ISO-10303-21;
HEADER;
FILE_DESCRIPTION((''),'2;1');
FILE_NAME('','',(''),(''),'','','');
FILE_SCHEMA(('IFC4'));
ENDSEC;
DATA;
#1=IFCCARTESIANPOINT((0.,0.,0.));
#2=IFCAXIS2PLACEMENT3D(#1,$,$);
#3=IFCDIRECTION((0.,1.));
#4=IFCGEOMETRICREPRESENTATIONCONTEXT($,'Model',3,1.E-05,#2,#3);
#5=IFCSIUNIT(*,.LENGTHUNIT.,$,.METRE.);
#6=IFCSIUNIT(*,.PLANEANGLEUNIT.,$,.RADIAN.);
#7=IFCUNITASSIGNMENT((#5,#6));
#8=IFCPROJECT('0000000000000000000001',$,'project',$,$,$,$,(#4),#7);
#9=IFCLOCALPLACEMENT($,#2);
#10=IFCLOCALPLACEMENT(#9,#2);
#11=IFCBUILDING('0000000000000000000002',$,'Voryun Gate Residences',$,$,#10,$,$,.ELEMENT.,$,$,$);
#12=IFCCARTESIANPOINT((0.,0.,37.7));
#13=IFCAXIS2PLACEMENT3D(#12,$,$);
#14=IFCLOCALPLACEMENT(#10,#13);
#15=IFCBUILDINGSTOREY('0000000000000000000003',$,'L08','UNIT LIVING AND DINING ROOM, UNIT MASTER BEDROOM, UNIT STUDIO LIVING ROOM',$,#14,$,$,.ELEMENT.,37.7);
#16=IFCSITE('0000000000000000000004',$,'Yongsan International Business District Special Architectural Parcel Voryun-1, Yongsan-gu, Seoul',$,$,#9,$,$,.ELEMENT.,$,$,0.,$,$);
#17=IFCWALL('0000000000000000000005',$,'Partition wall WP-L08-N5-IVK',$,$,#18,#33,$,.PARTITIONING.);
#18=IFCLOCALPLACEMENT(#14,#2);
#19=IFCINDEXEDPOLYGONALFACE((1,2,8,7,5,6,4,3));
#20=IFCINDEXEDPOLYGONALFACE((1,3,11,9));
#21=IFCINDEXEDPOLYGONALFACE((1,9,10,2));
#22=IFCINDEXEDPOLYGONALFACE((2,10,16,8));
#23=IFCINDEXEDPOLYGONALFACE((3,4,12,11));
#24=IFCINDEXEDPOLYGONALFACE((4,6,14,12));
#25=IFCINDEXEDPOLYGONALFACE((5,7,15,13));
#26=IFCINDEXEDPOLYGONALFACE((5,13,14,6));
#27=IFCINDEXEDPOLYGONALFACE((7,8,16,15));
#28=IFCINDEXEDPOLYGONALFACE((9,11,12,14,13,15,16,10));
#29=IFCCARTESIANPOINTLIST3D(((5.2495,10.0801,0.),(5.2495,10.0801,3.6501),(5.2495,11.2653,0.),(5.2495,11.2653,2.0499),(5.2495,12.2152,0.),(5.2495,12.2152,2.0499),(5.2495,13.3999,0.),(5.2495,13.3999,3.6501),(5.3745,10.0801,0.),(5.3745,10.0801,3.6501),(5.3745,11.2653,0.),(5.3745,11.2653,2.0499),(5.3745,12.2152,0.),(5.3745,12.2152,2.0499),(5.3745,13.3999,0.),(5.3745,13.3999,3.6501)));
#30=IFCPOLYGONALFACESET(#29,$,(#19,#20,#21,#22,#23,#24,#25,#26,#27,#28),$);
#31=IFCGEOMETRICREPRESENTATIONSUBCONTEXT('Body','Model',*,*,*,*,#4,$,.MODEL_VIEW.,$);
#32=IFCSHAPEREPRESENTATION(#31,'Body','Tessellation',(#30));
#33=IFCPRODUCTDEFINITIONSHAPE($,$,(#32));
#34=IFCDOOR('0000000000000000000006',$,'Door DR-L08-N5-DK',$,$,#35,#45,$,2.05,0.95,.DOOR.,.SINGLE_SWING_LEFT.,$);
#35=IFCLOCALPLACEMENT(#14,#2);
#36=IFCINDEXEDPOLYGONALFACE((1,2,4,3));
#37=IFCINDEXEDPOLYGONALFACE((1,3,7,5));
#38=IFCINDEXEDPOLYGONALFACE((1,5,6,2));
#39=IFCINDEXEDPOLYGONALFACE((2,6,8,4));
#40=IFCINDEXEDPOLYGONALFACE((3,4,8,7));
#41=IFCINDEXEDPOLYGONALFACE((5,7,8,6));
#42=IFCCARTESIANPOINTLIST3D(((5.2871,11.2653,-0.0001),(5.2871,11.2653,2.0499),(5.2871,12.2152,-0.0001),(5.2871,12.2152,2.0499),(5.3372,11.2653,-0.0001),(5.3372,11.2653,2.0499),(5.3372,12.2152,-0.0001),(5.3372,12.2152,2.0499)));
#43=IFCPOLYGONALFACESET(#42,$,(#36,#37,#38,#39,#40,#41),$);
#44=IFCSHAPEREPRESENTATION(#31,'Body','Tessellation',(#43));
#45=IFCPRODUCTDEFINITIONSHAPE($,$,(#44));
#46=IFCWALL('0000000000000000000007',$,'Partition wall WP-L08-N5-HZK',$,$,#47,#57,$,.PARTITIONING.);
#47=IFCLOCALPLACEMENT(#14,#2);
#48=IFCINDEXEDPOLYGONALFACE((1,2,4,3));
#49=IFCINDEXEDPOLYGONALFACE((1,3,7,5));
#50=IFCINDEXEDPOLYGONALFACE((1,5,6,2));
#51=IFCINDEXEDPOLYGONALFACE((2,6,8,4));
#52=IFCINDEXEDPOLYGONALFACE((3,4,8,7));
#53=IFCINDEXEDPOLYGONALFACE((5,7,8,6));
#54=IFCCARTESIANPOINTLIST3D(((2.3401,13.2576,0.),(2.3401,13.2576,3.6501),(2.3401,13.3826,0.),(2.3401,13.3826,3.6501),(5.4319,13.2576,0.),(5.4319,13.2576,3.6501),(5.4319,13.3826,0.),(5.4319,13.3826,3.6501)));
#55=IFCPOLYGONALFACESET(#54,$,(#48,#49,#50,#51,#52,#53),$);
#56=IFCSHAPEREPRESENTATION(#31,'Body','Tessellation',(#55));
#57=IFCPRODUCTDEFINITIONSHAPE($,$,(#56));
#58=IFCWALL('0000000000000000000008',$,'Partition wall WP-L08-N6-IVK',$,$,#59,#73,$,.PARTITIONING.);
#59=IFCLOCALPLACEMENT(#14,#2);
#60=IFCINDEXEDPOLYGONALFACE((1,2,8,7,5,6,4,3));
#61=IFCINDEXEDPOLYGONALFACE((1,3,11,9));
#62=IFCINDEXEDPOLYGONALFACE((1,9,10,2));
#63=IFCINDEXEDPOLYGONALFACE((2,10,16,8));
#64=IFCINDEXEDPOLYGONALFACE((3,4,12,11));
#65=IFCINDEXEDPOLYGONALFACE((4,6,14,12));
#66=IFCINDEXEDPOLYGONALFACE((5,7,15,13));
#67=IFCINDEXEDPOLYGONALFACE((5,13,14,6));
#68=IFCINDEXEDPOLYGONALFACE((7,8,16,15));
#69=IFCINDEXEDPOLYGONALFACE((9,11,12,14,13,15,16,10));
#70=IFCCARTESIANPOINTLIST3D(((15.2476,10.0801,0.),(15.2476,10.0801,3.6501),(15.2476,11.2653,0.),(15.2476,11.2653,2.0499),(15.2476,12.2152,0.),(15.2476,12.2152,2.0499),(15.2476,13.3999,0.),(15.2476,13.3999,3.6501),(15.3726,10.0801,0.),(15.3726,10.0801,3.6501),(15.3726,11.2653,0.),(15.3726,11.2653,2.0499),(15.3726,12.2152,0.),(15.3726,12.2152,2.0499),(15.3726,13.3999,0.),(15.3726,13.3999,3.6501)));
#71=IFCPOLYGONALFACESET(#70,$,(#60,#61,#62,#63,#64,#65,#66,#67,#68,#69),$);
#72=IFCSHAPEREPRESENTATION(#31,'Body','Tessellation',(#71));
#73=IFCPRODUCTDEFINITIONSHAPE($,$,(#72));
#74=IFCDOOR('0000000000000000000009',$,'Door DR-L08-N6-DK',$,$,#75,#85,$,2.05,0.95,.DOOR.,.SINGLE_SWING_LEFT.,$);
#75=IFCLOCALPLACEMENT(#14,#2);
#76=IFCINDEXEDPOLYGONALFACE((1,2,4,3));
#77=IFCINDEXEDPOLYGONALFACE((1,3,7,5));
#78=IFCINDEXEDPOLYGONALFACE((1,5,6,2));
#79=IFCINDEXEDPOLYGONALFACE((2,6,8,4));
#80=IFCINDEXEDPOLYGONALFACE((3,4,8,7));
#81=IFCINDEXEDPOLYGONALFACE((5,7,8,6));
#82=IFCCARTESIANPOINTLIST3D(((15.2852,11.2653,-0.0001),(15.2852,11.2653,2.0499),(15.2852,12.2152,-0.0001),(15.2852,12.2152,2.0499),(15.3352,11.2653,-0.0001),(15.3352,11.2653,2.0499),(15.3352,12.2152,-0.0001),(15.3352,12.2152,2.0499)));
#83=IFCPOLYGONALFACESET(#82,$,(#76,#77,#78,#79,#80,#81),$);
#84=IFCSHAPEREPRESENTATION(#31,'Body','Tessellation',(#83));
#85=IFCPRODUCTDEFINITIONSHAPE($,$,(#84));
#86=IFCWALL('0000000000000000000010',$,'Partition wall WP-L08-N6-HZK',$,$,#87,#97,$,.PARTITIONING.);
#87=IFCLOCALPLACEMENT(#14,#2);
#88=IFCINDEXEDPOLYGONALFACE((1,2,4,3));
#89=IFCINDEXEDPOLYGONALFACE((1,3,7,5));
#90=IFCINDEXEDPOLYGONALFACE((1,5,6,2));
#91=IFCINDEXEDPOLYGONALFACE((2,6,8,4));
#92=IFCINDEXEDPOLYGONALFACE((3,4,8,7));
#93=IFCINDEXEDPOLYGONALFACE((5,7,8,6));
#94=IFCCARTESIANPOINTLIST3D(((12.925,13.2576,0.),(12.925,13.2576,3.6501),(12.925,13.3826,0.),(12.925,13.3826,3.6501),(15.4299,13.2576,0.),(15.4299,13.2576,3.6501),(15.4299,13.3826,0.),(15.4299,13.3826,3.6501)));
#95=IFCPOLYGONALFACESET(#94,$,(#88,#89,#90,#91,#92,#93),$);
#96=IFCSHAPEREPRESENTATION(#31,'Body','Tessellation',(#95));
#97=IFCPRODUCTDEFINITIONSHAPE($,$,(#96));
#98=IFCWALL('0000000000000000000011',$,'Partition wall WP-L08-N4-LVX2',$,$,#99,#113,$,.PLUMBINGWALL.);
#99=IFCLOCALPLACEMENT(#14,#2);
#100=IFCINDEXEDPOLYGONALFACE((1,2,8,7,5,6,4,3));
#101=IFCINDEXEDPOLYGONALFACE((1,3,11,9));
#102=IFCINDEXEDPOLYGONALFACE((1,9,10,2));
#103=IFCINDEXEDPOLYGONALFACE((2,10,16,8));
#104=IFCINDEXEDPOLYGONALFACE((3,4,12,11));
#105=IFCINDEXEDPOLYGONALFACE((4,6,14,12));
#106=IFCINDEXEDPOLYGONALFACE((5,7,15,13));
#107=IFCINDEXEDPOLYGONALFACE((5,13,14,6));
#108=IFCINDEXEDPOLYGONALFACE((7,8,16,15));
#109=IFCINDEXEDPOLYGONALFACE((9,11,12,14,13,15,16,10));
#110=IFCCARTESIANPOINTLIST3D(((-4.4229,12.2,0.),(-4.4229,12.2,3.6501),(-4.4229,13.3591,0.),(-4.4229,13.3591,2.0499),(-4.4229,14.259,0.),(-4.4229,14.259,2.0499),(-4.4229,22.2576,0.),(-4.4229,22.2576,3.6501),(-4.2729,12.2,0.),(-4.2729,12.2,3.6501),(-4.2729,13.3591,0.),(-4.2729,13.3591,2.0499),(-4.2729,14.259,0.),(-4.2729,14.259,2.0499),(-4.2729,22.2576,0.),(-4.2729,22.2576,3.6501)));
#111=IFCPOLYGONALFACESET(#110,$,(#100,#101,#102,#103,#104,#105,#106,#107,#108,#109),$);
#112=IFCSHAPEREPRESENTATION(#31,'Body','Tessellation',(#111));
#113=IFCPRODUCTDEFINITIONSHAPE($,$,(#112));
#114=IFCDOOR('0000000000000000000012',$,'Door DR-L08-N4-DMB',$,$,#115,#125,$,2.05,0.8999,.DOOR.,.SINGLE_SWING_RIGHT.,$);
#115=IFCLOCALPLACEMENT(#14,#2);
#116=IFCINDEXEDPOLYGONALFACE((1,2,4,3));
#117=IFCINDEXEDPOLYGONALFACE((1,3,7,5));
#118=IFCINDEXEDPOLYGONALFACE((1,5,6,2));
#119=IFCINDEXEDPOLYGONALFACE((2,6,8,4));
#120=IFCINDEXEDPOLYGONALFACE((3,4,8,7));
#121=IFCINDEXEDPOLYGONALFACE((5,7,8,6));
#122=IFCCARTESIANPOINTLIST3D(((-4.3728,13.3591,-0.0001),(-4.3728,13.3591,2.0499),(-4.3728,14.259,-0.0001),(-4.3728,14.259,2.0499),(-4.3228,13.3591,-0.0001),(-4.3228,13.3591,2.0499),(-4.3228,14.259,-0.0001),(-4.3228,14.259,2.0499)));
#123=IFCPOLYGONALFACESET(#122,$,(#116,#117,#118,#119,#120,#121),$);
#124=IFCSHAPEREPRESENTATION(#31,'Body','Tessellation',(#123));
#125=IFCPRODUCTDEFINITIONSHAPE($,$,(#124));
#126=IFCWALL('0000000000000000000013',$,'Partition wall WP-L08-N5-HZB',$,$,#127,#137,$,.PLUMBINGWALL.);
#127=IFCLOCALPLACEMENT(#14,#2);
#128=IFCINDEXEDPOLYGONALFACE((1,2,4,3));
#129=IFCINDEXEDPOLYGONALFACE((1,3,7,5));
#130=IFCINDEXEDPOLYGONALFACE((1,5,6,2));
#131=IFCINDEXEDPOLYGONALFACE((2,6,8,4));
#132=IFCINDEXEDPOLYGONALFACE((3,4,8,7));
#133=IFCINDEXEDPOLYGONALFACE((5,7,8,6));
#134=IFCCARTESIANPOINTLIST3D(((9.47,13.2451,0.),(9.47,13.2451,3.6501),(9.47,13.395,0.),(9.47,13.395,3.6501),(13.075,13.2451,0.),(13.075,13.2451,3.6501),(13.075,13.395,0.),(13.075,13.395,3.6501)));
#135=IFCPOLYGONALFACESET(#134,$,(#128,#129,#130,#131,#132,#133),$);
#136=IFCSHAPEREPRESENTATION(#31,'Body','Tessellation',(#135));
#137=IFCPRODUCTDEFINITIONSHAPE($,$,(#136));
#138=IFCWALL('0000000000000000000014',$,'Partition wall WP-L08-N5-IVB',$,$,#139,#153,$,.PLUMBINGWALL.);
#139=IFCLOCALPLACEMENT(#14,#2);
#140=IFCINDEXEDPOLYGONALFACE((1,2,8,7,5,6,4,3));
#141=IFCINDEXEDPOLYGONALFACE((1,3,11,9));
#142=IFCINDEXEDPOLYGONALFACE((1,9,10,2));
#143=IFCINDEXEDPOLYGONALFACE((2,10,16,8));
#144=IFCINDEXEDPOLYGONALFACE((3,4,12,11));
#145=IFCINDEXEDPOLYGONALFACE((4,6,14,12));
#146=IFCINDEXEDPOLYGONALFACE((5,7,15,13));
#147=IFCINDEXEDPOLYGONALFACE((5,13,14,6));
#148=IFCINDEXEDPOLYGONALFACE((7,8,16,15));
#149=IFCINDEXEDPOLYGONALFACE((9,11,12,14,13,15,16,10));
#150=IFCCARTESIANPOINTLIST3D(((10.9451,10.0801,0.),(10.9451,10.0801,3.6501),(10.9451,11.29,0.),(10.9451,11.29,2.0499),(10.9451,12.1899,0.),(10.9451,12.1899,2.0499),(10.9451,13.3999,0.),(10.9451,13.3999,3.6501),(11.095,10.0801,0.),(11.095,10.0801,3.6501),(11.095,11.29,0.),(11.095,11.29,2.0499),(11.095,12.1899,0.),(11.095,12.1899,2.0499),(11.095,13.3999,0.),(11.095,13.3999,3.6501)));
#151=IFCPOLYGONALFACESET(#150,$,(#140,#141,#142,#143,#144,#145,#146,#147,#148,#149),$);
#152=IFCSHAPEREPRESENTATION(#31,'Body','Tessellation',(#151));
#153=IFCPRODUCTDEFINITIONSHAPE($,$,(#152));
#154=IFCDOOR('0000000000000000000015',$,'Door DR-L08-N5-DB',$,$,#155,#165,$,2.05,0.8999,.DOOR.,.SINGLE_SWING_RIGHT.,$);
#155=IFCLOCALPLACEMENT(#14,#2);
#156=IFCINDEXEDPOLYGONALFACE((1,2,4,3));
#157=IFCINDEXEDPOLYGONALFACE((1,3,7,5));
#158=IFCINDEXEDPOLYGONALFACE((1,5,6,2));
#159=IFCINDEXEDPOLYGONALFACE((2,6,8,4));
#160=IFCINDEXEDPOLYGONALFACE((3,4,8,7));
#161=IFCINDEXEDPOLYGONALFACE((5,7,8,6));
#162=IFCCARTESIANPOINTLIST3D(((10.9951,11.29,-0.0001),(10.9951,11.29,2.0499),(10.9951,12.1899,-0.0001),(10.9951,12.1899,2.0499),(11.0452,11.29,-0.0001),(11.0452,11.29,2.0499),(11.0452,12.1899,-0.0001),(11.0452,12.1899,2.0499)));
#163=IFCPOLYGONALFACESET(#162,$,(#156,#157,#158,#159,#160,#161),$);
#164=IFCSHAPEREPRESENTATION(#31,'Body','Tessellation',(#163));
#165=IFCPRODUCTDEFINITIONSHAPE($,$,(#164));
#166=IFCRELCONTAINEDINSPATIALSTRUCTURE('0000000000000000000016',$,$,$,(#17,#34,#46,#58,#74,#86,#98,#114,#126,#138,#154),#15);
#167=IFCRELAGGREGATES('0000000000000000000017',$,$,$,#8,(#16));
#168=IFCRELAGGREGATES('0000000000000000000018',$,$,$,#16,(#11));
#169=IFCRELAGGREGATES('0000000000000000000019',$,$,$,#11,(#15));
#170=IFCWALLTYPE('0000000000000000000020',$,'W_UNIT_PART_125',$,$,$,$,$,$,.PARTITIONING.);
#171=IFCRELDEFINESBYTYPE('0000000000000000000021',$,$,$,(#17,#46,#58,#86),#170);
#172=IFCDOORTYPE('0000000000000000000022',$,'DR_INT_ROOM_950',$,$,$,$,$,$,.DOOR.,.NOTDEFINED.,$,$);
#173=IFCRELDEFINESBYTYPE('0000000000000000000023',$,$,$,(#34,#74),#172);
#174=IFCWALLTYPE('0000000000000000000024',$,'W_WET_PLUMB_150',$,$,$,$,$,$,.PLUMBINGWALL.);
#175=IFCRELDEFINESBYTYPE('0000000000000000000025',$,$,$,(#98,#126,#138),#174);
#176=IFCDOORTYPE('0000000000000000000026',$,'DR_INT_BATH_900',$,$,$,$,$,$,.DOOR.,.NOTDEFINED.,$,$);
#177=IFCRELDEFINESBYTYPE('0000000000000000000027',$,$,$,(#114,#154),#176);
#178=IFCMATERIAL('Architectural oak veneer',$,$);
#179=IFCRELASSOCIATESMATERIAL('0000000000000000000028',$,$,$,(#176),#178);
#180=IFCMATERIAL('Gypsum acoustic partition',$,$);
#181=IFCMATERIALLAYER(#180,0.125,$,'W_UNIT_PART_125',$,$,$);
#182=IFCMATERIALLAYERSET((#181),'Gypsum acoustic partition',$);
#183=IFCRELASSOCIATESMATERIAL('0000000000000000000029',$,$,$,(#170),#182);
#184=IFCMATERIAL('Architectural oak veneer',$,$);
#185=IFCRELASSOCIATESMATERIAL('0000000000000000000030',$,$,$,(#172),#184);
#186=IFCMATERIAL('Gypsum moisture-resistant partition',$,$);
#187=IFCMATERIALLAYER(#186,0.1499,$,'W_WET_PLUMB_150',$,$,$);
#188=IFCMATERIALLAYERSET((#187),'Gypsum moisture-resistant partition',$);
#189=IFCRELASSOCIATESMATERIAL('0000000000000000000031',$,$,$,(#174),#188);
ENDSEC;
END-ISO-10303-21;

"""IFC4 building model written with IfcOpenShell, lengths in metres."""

from ifc_helpers import new_model, si_unit, direction, frame, frame_2d, origin, place, context, subcontext, project, spatial, rectangle, extrude, material, layer, layer_set, type_object, element, fill, save


model = new_model("IFC4")

# Units and contexts
model_context = context("Model", 3, precision=1e-05, world=origin(), true_north=direction((0.0, 1.0)))
body_context = subcontext(model_context, "Body", "Model", "MODEL_VIEW")
ifc_project = project(units=[si_unit("LENGTHUNIT", "METRE"), si_unit("PLANEANGLEUNIT", "RADIAN")], contexts=[model_context])

# Site, building, storey
site_placement = place(None, origin())
site = spatial("IfcSite", under=ifc_project, at=site_placement, Name="Yongsan International Business District Special Architectural Parcel Voryun-1, Yongsan-gu, Seoul", CompositionType="ELEMENT", RefElevation=0.0)
building_placement = place(site_placement, origin())
building = spatial("IfcBuilding", under=site, at=building_placement, Name="Voryun Gate Residences", CompositionType="ELEMENT")
storey_placement = place(building_placement, frame((0.0, 0.0, 37.7)))
storey = spatial("IfcBuildingStorey", under=building, at=storey_placement, Name="L08", Description="UNIT LIVING AND DINING ROOM, UNIT MASTER BEDROOM, UNIT STUDIO LIVING ROOM", CompositionType="ELEMENT", Elevation=37.7)

# Shared definitions
ifc_material_1 = material(Name="Architectural oak veneer")
door_type_1 = type_object("IfcDoorType", Name="DR_INT_BATH_900", OperationType="NOTDEFINED", PredefinedType="DOOR", material=ifc_material_1)

# Shared definitions
ifc_material_2 = material(Name="Gypsum acoustic partition")
ifc_layer_1 = layer(ifc_material_2, 0.125, Name="W_UNIT_PART_125")
ifc_layer_set_1 = layer_set([ifc_layer_1], Name="Gypsum acoustic partition")
wall_type_1 = type_object("IfcWallType", Name="W_UNIT_PART_125", PredefinedType="PARTITIONING", material=ifc_layer_set_1)
ifc_material_3 = material(Name="Architectural oak veneer")
door_type_2 = type_object("IfcDoorType", Name="DR_INT_ROOM_950", OperationType="NOTDEFINED", PredefinedType="DOOR", material=ifc_material_3)

# Wall, opening, door
wall_1_placement = place(storey_placement, frame((5.312, 10.0801, 0.0), z_axis=(0.0, 0.0, 1.0), x_axis=(0.0, 1.0, 0.0)))
wall_1 = element("IfcWall", 1, at=wall_1_placement, inside=storey, type_object=wall_type_1, Name="Partition wall WP-L08-N5-IVK", PredefinedType="PARTITIONING", context=body_context, shape_type="SweptSolid", body=[
    extrude(rectangle(XDim=3.3198, YDim=0.125, at=frame_2d((1.6599, 0.0))), origin(), (0.0, 0.0, 1.0), 3.6501),
])
opening_1_placement = place(wall_1_placement, frame((1.1851, 0.0, 0.0)))
opening_1 = element("IfcOpeningElement", 2, at=opening_1_placement, cuts=wall_1, PredefinedType="OPENING", context=body_context, shape_type="SweptSolid", body=[
    extrude(rectangle(XDim=0.95, YDim=2.05, at=frame_2d((0.4751, 1.0249))), frame((0.0, 0.0725, 0.0), z_axis=(0.0, -1.0, 0.0), x_axis=(1.0, 0.0, 0.0)), (0.0, 0.0, 1.0), 0.145),
])
door_1_placement = place(opening_1_placement, origin())
door_1 = element("IfcDoor", 3, at=door_1_placement, inside=storey, type_object=door_type_2, Name="Door DR-L08-N5-DK", OperationType="SINGLE_SWING_LEFT", OverallHeight=2.05, OverallWidth=0.95, PredefinedType="DOOR", context=body_context, shape_type="SweptSolid", body=[
    extrude(rectangle(XDim=0.95, YDim=2.05, at=frame_2d((0.4751, 1.0249))), frame((0.0, 0.0249, 0.0), z_axis=(0.0, -1.0, 0.0), x_axis=(1.0, 0.0, 0.0)), (0.0, 0.0, 1.0), 0.05),
])
fill(opening_1, door_1)

# Wall
wall_2_placement = place(storey_placement, frame((2.3401, 13.3201, 0.0), z_axis=(0.0, 0.0, 1.0), x_axis=(1.0, 0.0, 0.0)))
element("IfcWall", 4, at=wall_2_placement, inside=storey, type_object=wall_type_1, Name="Partition wall WP-L08-N5-HZK", PredefinedType="PARTITIONING", context=body_context, shape_type="SweptSolid", body=[
    extrude(rectangle(XDim=3.0918, YDim=0.125, at=frame_2d((1.5459, 0.0))), origin(), (0.0, 0.0, 1.0), 3.6501),
])

# Wall, opening, door
wall_3_placement = place(storey_placement, frame((15.3101, 10.0801, 0.0), z_axis=(0.0, 0.0, 1.0), x_axis=(0.0, 1.0, 0.0)))
wall_3 = element("IfcWall", 5, at=wall_3_placement, inside=storey, type_object=wall_type_1, Name="Partition wall WP-L08-N6-IVK", PredefinedType="PARTITIONING", context=body_context, shape_type="SweptSolid", body=[
    extrude(rectangle(XDim=3.3198, YDim=0.125, at=frame_2d((1.6599, 0.0))), origin(), (0.0, 0.0, 1.0), 3.6501),
])
opening_2_placement = place(wall_3_placement, frame((1.1851, 0.0, 0.0)))
opening_2 = element("IfcOpeningElement", 6, at=opening_2_placement, cuts=wall_3, PredefinedType="OPENING", context=body_context, shape_type="SweptSolid", body=[
    extrude(rectangle(XDim=0.95, YDim=2.05, at=frame_2d((0.4751, 1.0249))), frame((0.0, 0.0725, 0.0), z_axis=(0.0, -1.0, 0.0), x_axis=(1.0, 0.0, 0.0)), (0.0, 0.0, 1.0), 0.145),
])
door_2_placement = place(opening_2_placement, origin())
door_2 = element("IfcDoor", 7, at=door_2_placement, inside=storey, type_object=door_type_2, Name="Door DR-L08-N6-DK", OperationType="SINGLE_SWING_LEFT", OverallHeight=2.05, OverallWidth=0.95, PredefinedType="DOOR", context=body_context, shape_type="SweptSolid", body=[
    extrude(rectangle(XDim=0.95, YDim=2.05, at=frame_2d((0.4751, 1.0249))), frame((0.0, 0.0249, 0.0), z_axis=(0.0, -1.0, 0.0), x_axis=(1.0, 0.0, 0.0)), (0.0, 0.0, 1.0), 0.05),
])
fill(opening_2, door_2)

# Wall
wall_4_placement = place(storey_placement, frame((12.925, 13.3201, 0.0), z_axis=(0.0, 0.0, 1.0), x_axis=(1.0, 0.0, 0.0)))
element("IfcWall", 8, at=wall_4_placement, inside=storey, type_object=wall_type_1, Name="Partition wall WP-L08-N6-HZK", PredefinedType="PARTITIONING", context=body_context, shape_type="SweptSolid", body=[
    extrude(rectangle(XDim=2.5049, YDim=0.125, at=frame_2d((1.2524, 0.0))), origin(), (0.0, 0.0, 1.0), 3.6501),
])

# Wall, opening, door
ifc_material_4 = material(Name="Gypsum moisture-resistant partition")
ifc_layer_2 = layer(ifc_material_4, 0.1499, Name="W_WET_PLUMB_150")
ifc_layer_set_2 = layer_set([ifc_layer_2], Name="Gypsum moisture-resistant partition")
wall_type_2 = type_object("IfcWallType", Name="W_WET_PLUMB_150", PredefinedType="PLUMBINGWALL", material=ifc_layer_set_2)
wall_5_placement = place(storey_placement, frame((-4.3479, 12.2, 0.0), z_axis=(0.0, 0.0, 1.0), x_axis=(0.0, 1.0, 0.0)))
wall_5 = element("IfcWall", 9, at=wall_5_placement, inside=storey, type_object=wall_type_2, Name="Partition wall WP-L08-N4-LVX2", PredefinedType="PLUMBINGWALL", context=body_context, shape_type="SweptSolid", body=[
    extrude(rectangle(XDim=10.0576, YDim=0.1499, at=frame_2d((5.0288, 0.0))), origin(), (0.0, 0.0, 1.0), 3.6501),
])
opening_3_placement = place(wall_5_placement, frame((1.1592, 0.0, 0.0)))
opening_3 = element("IfcOpeningElement", 10, at=opening_3_placement, cuts=wall_5, PredefinedType="OPENING", context=body_context, shape_type="SweptSolid", body=[
    extrude(rectangle(XDim=0.8999, YDim=2.05, at=frame_2d((0.45, 1.0249))), frame((0.0, 0.085, 0.0), z_axis=(0.0, -1.0, 0.0), x_axis=(1.0, 0.0, 0.0)), (0.0, 0.0, 1.0), 0.1699),
])
door_3_placement = place(opening_3_placement, origin())
door_3 = element("IfcDoor", 11, at=door_3_placement, inside=storey, type_object=door_type_1, Name="Door DR-L08-N4-DMB", OperationType="SINGLE_SWING_RIGHT", OverallHeight=2.05, OverallWidth=0.8999, PredefinedType="DOOR", context=body_context, shape_type="SweptSolid", body=[
    extrude(rectangle(XDim=0.8999, YDim=2.05, at=frame_2d((0.45, 1.0249))), frame((0.0, 0.0249, 0.0), z_axis=(0.0, -1.0, 0.0), x_axis=(1.0, 0.0, 0.0)), (0.0, 0.0, 1.0), 0.05),
])
fill(opening_3, door_3)

# Wall
wall_6_placement = place(storey_placement, frame((9.47, 13.3201, 0.0), z_axis=(0.0, 0.0, 1.0), x_axis=(1.0, 0.0, 0.0)))
element("IfcWall", 12, at=wall_6_placement, inside=storey, type_object=wall_type_2, Name="Partition wall WP-L08-N5-HZB", PredefinedType="PLUMBINGWALL", context=body_context, shape_type="SweptSolid", body=[
    extrude(rectangle(XDim=3.605, YDim=0.1499, at=frame_2d((1.8025, 0.0))), origin(), (0.0, 0.0, 1.0), 3.6501),
])

# Wall, opening, door
wall_7_placement = place(storey_placement, frame((11.02, 10.0801, 0.0), z_axis=(0.0, 0.0, 1.0), x_axis=(0.0, 1.0, 0.0)))
wall_7 = element("IfcWall", 13, at=wall_7_placement, inside=storey, type_object=wall_type_2, Name="Partition wall WP-L08-N5-IVB", PredefinedType="PLUMBINGWALL", context=body_context, shape_type="SweptSolid", body=[
    extrude(rectangle(XDim=3.3198, YDim=0.1499, at=frame_2d((1.6599, 0.0))), origin(), (0.0, 0.0, 1.0), 3.6501),
])
opening_4_placement = place(wall_7_placement, frame((1.21, 0.0, 0.0)))
opening_4 = element("IfcOpeningElement", 14, at=opening_4_placement, cuts=wall_7, PredefinedType="OPENING", context=body_context, shape_type="SweptSolid", body=[
    extrude(rectangle(XDim=0.8999, YDim=2.05, at=frame_2d((0.45, 1.0249))), frame((0.0, 0.085, 0.0), z_axis=(0.0, -1.0, 0.0), x_axis=(1.0, 0.0, 0.0)), (0.0, 0.0, 1.0), 0.1699),
])
door_4_placement = place(opening_4_placement, origin())
door_4 = element("IfcDoor", 15, at=door_4_placement, inside=storey, type_object=door_type_1, Name="Door DR-L08-N5-DB", OperationType="SINGLE_SWING_RIGHT", OverallHeight=2.05, OverallWidth=0.8999, PredefinedType="DOOR", context=body_context, shape_type="SweptSolid", body=[
    extrude(rectangle(XDim=0.8999, YDim=2.05, at=frame_2d((0.45, 1.0249))), frame((0.0, 0.0249, 0.0), z_axis=(0.0, -1.0, 0.0), x_axis=(1.0, 0.0, 0.0)), (0.0, 0.0, 1.0), 0.05),
])
fill(opening_4, door_4)

save(model, "model.ifc")
